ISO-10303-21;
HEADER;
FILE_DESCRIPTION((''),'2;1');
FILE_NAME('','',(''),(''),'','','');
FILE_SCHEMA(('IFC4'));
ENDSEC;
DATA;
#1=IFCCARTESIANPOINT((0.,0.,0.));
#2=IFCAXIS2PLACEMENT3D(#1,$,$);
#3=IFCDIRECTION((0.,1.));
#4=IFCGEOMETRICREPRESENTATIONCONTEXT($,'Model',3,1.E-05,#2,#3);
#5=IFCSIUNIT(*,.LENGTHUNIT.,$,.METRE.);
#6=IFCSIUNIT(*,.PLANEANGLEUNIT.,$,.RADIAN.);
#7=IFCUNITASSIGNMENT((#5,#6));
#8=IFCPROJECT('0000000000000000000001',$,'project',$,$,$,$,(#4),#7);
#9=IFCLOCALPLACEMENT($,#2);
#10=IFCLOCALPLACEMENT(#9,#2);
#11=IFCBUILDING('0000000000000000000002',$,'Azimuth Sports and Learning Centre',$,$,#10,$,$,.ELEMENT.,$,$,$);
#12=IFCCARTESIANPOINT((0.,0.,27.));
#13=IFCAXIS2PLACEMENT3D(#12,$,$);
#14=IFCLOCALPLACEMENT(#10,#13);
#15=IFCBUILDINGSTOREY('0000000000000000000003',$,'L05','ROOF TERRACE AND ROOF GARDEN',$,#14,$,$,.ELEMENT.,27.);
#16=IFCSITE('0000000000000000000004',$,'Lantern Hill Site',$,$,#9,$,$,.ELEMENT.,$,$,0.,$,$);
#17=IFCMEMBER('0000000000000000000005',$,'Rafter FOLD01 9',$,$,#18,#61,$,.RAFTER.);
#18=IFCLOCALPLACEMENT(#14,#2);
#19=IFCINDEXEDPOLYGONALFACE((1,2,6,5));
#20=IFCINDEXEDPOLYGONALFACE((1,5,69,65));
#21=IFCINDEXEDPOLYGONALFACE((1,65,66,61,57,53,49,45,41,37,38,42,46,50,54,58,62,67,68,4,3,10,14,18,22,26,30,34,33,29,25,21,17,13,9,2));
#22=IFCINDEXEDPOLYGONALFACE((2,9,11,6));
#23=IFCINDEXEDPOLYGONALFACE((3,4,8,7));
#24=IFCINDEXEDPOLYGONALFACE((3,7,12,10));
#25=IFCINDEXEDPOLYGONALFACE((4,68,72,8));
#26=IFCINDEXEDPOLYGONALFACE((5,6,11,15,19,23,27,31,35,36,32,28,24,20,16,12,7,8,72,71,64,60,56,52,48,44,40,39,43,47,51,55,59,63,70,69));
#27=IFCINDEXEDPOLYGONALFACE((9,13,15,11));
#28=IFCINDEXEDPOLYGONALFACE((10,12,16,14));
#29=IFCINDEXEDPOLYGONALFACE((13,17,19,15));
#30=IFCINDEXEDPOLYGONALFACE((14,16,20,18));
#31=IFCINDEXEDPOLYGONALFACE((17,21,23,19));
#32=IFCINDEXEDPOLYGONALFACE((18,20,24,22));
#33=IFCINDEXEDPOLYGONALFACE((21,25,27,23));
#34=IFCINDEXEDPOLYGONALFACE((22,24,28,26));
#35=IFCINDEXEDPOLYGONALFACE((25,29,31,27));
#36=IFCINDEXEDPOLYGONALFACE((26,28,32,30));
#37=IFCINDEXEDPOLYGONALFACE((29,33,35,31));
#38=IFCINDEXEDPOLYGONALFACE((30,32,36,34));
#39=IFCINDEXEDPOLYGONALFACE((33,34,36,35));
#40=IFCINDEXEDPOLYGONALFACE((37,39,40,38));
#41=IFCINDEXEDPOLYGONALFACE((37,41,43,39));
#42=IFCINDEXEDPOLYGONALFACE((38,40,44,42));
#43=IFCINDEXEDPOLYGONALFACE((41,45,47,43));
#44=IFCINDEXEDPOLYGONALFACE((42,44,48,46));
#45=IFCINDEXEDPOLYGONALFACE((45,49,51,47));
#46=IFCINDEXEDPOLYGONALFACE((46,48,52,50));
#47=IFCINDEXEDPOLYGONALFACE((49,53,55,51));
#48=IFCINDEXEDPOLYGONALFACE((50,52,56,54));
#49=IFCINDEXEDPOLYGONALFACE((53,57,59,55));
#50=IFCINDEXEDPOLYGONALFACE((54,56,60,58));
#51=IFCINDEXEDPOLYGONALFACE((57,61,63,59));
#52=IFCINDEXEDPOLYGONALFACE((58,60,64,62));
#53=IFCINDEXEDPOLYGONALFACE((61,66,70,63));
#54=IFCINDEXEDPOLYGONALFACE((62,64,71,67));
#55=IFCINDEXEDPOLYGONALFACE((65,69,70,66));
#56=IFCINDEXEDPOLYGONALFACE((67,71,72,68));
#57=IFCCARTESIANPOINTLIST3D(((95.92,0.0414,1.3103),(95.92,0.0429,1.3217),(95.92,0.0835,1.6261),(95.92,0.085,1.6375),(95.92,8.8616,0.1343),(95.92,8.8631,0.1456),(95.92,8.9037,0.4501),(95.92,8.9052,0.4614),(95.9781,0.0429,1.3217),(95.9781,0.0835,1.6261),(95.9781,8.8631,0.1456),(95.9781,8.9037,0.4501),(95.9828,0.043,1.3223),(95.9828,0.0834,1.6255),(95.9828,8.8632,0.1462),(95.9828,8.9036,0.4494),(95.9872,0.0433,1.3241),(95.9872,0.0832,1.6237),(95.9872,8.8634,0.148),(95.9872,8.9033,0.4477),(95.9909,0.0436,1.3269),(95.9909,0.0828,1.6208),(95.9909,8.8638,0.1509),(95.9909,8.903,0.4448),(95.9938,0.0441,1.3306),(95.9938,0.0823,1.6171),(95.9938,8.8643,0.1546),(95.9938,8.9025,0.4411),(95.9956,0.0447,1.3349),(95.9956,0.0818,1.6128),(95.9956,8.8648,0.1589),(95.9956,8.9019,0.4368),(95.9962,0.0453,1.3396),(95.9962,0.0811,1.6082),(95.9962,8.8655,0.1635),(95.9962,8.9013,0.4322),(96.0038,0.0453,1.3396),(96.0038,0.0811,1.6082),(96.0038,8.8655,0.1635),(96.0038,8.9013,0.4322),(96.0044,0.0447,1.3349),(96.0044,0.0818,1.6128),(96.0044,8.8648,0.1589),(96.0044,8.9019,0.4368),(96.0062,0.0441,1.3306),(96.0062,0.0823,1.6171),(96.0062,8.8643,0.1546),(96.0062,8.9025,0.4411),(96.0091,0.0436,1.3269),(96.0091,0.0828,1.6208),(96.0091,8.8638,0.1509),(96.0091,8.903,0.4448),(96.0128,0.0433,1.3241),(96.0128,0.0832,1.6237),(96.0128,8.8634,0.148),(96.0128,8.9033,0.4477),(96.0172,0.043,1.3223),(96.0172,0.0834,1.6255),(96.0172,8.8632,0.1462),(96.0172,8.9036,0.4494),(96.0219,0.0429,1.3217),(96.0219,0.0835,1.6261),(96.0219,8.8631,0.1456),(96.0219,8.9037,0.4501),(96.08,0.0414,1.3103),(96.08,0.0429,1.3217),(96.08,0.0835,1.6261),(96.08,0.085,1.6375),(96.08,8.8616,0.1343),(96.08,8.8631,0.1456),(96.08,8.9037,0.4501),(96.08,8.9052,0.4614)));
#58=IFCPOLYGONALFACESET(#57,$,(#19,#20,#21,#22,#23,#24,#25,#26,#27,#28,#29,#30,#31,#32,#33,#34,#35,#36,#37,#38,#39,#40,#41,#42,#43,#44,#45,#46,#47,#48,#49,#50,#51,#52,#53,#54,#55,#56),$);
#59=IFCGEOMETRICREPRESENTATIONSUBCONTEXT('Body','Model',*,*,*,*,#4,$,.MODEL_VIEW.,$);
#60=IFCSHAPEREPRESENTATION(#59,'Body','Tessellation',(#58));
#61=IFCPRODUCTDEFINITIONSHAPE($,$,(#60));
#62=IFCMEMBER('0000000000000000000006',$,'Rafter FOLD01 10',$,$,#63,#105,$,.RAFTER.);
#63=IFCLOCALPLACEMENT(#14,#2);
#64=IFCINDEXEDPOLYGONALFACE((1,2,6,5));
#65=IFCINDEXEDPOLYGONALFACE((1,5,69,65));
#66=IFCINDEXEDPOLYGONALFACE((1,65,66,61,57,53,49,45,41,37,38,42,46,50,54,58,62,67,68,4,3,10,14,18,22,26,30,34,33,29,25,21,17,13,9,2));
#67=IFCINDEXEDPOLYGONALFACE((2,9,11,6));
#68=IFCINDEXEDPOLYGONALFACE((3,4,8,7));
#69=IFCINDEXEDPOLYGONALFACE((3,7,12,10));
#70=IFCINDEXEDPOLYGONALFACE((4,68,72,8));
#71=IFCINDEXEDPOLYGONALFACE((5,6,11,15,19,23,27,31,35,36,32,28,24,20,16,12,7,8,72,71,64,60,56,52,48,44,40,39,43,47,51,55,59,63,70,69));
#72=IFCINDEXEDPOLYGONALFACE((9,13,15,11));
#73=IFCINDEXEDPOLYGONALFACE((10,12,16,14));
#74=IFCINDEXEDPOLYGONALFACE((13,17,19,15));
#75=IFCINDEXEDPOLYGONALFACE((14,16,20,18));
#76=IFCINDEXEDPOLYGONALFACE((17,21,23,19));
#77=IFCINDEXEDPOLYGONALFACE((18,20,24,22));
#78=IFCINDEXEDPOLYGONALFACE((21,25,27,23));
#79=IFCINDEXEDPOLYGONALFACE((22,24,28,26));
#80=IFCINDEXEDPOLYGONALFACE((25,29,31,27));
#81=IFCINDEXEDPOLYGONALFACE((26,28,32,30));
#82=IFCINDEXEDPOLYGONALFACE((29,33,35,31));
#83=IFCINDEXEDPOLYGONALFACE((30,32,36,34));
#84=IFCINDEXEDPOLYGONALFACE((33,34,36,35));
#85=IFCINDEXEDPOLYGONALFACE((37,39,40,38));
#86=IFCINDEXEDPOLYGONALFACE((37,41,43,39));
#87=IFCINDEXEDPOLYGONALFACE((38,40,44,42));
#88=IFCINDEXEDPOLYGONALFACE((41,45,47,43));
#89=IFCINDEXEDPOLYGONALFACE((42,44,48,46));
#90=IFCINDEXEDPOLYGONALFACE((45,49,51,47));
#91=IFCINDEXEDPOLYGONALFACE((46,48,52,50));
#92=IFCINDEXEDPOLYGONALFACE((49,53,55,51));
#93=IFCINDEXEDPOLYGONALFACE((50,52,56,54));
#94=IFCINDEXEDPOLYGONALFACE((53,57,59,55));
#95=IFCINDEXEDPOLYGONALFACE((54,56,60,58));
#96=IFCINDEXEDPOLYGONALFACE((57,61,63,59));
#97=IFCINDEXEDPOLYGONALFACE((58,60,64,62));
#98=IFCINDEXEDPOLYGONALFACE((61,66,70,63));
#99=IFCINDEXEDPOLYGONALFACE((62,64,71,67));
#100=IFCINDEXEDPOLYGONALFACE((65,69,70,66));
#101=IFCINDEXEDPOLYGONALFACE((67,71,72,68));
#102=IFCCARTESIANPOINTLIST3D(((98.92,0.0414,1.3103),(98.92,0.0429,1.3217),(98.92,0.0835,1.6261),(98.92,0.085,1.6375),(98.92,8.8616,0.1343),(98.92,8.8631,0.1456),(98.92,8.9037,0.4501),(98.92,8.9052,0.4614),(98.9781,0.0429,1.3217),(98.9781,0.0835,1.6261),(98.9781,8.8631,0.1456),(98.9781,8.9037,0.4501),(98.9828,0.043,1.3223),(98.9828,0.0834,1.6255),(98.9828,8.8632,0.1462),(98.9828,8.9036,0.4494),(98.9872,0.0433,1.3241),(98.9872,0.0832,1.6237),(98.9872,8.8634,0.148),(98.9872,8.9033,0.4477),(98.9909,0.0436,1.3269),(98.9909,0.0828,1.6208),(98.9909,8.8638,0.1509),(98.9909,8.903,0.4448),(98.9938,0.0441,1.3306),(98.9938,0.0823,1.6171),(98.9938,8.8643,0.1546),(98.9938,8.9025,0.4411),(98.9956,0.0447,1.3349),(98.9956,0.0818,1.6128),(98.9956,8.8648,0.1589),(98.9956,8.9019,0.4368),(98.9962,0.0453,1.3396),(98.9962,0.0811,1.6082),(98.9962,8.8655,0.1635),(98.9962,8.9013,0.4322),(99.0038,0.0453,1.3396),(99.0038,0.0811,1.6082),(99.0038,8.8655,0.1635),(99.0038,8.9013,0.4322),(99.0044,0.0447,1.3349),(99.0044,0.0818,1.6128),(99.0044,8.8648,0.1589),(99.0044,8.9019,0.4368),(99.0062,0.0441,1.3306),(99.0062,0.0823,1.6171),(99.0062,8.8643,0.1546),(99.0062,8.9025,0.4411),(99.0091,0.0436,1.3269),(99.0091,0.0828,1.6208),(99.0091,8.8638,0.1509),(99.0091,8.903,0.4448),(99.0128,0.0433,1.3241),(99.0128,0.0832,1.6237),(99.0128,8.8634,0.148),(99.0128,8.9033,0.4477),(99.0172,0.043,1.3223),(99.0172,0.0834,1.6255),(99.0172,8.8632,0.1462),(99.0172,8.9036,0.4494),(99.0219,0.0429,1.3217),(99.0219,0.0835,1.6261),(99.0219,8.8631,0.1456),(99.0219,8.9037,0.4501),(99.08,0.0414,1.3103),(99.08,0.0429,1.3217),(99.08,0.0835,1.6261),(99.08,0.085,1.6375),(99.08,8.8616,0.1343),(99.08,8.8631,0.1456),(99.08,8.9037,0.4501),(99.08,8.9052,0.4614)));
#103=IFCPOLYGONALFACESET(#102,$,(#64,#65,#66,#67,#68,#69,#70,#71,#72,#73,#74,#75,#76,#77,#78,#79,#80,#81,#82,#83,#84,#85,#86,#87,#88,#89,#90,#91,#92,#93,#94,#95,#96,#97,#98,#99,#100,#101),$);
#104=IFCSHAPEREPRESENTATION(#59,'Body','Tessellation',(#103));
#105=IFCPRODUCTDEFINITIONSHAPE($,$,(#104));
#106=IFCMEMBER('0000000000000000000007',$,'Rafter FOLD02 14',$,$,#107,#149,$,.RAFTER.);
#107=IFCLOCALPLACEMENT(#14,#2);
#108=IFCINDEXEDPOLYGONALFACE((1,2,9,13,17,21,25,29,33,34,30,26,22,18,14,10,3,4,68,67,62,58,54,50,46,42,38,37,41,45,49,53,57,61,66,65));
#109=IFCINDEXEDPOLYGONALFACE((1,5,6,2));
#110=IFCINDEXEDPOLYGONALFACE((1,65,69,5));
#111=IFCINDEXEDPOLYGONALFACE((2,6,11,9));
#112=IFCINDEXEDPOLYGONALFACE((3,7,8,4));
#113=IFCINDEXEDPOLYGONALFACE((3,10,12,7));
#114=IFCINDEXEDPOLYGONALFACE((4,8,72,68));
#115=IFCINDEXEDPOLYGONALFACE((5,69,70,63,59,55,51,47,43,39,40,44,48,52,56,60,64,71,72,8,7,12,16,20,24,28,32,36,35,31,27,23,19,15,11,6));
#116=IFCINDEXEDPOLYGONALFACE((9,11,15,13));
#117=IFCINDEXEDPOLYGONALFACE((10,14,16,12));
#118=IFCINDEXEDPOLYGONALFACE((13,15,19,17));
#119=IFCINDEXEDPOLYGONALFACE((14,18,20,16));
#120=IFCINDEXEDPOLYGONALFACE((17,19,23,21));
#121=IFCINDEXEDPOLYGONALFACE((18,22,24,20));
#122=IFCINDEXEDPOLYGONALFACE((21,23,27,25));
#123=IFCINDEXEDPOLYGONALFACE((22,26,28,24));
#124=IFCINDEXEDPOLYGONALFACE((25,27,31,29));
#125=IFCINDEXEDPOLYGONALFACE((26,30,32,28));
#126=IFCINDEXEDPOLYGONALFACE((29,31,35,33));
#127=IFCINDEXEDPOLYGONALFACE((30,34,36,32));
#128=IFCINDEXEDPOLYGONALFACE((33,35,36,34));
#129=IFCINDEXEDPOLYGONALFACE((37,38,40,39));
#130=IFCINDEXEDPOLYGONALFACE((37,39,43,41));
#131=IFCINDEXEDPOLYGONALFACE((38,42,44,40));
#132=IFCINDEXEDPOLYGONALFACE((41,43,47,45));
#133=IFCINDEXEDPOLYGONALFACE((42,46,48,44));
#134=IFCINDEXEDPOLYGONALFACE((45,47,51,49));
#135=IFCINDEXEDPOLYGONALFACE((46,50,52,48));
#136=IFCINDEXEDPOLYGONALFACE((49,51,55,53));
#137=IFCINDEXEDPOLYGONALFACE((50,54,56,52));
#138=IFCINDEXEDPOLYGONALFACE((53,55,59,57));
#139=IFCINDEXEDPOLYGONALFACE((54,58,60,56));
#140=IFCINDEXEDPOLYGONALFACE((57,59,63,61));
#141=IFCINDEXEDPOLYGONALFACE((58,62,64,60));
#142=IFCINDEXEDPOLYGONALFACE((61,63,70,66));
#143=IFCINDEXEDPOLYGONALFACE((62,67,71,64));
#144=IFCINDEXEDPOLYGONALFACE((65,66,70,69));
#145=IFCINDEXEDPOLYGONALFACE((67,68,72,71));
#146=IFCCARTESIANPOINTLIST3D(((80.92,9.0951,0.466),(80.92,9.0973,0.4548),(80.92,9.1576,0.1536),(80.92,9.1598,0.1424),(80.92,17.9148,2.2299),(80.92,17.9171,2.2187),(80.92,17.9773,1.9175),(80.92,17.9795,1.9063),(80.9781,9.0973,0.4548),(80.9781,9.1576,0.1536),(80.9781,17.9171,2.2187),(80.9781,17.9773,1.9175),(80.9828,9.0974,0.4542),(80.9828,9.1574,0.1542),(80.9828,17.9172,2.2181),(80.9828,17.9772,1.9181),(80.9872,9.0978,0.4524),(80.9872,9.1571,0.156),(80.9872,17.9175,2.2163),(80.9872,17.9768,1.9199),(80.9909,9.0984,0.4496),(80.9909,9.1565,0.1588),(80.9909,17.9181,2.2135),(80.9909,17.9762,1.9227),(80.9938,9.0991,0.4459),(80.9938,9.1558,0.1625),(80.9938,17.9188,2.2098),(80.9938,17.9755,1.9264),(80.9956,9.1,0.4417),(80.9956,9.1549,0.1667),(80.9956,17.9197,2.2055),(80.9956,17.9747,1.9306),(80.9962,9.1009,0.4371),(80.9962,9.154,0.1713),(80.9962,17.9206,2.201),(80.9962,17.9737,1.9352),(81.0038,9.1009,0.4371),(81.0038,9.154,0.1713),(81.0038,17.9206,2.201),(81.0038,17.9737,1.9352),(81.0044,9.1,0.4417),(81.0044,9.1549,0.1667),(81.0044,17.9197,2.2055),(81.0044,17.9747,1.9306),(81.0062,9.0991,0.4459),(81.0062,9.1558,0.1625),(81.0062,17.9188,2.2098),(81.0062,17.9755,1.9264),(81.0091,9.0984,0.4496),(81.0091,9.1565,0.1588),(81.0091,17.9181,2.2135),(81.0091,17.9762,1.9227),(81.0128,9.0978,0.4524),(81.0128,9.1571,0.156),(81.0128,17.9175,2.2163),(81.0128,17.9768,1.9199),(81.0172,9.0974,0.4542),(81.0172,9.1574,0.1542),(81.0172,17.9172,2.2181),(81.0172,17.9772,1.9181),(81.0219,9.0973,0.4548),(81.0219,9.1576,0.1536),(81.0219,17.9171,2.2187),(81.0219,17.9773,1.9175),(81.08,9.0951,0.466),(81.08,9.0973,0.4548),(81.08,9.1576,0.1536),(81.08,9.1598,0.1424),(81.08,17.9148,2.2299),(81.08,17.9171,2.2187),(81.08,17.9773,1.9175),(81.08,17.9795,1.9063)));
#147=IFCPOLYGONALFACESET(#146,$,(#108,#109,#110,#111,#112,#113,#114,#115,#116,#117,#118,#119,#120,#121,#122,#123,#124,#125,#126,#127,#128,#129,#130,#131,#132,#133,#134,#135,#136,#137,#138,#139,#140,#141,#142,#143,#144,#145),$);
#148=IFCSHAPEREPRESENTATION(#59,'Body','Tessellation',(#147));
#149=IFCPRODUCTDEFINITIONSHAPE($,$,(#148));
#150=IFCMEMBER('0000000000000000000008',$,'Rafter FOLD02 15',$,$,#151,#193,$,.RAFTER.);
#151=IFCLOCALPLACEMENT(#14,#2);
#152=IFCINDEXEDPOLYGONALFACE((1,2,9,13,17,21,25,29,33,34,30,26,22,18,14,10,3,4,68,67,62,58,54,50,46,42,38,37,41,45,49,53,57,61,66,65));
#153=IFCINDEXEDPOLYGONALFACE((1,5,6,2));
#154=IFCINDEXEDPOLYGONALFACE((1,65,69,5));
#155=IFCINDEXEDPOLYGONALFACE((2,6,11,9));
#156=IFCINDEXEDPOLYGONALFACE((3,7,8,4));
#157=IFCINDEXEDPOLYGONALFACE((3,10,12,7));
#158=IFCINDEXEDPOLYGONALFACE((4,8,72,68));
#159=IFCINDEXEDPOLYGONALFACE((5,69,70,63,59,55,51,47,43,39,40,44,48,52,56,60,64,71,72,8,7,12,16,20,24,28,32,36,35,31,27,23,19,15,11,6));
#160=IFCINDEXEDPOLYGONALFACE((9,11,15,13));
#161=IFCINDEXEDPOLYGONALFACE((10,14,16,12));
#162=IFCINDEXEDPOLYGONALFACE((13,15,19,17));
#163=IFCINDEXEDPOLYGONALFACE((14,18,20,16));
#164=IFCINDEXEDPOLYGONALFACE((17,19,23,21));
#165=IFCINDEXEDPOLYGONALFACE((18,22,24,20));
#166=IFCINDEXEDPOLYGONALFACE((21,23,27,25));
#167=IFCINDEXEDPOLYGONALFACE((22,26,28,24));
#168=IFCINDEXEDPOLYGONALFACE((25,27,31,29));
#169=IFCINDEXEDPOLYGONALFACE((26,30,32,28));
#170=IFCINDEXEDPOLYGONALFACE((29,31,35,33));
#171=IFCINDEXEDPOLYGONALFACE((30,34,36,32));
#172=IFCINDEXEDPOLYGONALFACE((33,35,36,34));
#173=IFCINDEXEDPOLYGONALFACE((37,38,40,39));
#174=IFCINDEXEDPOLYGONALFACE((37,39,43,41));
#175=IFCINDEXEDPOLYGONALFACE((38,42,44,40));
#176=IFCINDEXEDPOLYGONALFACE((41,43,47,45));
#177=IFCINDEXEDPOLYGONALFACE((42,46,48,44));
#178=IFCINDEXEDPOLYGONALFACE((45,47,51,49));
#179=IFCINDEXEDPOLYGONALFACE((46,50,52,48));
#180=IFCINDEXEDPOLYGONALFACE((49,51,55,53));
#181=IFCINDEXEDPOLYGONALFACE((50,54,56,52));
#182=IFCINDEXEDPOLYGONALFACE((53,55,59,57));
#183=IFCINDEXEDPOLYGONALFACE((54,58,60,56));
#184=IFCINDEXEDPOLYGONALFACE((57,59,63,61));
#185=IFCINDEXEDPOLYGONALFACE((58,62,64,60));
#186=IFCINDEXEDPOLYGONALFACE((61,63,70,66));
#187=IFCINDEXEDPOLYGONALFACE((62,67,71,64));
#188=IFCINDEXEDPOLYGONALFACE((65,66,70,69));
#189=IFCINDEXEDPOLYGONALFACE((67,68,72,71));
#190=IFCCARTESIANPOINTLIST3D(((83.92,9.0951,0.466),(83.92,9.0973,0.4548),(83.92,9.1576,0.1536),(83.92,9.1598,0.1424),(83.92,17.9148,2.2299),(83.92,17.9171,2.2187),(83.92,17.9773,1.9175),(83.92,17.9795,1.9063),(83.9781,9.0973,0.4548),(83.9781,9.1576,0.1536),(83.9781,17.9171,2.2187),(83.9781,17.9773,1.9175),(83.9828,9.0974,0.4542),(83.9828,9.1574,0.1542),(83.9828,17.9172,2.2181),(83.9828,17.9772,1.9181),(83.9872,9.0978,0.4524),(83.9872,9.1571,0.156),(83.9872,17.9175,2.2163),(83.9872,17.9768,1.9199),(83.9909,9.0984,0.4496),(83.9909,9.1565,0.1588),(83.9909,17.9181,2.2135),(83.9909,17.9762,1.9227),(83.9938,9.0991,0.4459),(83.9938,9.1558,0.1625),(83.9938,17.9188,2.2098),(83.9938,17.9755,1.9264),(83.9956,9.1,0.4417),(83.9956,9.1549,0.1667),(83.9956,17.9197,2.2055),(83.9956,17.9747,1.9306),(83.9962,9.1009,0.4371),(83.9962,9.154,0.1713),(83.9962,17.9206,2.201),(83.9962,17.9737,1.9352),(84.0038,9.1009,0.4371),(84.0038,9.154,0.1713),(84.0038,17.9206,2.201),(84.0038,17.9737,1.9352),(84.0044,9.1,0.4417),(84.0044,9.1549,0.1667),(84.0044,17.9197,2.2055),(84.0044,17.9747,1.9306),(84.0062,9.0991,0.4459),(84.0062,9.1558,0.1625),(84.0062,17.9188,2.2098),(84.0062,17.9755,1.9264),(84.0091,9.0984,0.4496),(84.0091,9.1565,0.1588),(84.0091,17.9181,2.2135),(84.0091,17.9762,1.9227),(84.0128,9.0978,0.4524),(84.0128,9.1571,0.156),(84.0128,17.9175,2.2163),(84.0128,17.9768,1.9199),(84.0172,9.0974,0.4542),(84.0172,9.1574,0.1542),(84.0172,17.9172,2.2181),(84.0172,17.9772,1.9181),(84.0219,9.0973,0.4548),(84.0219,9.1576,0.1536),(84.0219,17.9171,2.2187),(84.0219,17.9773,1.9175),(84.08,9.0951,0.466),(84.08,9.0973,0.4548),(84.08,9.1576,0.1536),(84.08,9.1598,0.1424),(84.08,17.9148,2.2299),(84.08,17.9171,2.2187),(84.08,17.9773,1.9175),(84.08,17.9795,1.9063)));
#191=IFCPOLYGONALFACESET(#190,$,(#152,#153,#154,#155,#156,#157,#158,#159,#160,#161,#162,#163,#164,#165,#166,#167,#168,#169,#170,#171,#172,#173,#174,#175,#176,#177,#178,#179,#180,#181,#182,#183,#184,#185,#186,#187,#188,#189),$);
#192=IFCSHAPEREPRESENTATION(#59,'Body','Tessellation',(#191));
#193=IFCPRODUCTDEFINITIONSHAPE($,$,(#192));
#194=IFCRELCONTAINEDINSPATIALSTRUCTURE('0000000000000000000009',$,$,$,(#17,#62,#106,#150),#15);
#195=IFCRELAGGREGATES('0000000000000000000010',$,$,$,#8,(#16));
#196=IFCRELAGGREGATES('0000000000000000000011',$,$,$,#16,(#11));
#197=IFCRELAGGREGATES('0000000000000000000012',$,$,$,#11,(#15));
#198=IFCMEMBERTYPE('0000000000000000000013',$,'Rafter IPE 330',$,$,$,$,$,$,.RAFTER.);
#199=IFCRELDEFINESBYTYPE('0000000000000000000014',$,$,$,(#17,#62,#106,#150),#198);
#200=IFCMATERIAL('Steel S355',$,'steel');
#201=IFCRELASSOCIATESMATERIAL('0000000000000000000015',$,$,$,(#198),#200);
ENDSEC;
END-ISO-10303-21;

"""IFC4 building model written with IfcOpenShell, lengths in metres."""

from ifc_helpers import new_model, si_unit, direction, frame, origin, origin_2d, place, context, subcontext, project, spatial, i_section, extrude, material, material_profile, profile_set, type_object, element, save


model = new_model("IFC4")

# Units and contexts
model_context = context("Model", 3, precision=1e-05, world=origin(), true_north=direction((0.0, 1.0)))
body_context = subcontext(model_context, "Body", "Model", "MODEL_VIEW")
ifc_project = project(units=[si_unit("LENGTHUNIT", "METRE"), si_unit("PLANEANGLEUNIT", "RADIAN")], contexts=[model_context])

# Site, building, storey
site_placement = place(None, origin())
site = spatial("IfcSite", under=ifc_project, at=site_placement, Name="Lantern Hill Site", CompositionType="ELEMENT", RefElevation=0.0)
building_placement = place(site_placement, origin())
building = spatial("IfcBuilding", under=site, at=building_placement, Name="Azimuth Sports and Learning Centre", CompositionType="ELEMENT")
storey_placement = place(building_placement, frame((0.0, 0.0, 27.0)))
storey = spatial("IfcBuildingStorey", under=building, at=storey_placement, Name="L05", Description="ROOF TERRACE AND ROOF GARDEN", CompositionType="ELEMENT", Elevation=27.0)

# Members
ifc_material_1 = material(Name="Steel S355", Category="steel")
ifc_material_profile_1 = material_profile(ifc_material_1, i_section(OverallWidth=0.1599, OverallDepth=0.3301, WebThickness=0.0076, FlangeThickness=0.0115, FilletRadius=0.0181, at=origin_2d()), Name="IPE 330")
ifc_profile_set_1 = profile_set([ifc_material_profile_1], Name="Steel S355")
member_type_1 = type_object("IfcMemberType", Name="Rafter IPE 330", PredefinedType="RAFTER", material=ifc_profile_set_1)
for number, where, z_axis, x_axis, name in (
    (1, (96.0, 0.0632, 1.4739), (0.0, 0.991228, -0.132166), (-1.0, 0.0, 0.0), "Rafter FOLD01 9"),
    (2, (99.0, 0.0632, 1.4739), (0.0, 0.991228, -0.132166), (-1.0, 0.0, 0.0), "Rafter FOLD01 10"),
):
    element("IfcMember", number, at=place(storey_placement, frame(where, z_axis=z_axis, x_axis=x_axis)), inside=storey, type_object=member_type_1, Name=name, PredefinedType="RAFTER", context=body_context, shape_type="SweptSolid", body=[
        extrude(i_section(OverallWidth=0.1599, OverallDepth=0.3301, WebThickness=0.0076, FlangeThickness=0.0115, FilletRadius=0.0181, at=origin_2d()), origin(), (0.0, 0.0, 1.0), 8.8982),
    ])
for number, where, z_axis, x_axis, name in (
    (3, (81.0, 9.1274, 0.3042), (0.0, 0.980582, 0.196111), (-1.0, 0.0, 0.0), "Rafter FOLD02 14"),
    (4, (84.0, 9.1274, 0.3042), (0.0, 0.980582, 0.196111), (-1.0, 0.0, 0.0), "Rafter FOLD02 15"),
):
    element("IfcMember", number, at=place(storey_placement, frame(where, z_axis=z_axis, x_axis=x_axis)), inside=storey, type_object=member_type_1, Name=name, PredefinedType="RAFTER", context=body_context, shape_type="SweptSolid", body=[
        extrude(i_section(OverallWidth=0.1599, OverallDepth=0.3301, WebThickness=0.0076, FlangeThickness=0.0115, FilletRadius=0.0181, at=origin_2d()), origin(), (0.0, 0.0, 1.0), 8.9944),
    ])

save(model, "model.ifc")
